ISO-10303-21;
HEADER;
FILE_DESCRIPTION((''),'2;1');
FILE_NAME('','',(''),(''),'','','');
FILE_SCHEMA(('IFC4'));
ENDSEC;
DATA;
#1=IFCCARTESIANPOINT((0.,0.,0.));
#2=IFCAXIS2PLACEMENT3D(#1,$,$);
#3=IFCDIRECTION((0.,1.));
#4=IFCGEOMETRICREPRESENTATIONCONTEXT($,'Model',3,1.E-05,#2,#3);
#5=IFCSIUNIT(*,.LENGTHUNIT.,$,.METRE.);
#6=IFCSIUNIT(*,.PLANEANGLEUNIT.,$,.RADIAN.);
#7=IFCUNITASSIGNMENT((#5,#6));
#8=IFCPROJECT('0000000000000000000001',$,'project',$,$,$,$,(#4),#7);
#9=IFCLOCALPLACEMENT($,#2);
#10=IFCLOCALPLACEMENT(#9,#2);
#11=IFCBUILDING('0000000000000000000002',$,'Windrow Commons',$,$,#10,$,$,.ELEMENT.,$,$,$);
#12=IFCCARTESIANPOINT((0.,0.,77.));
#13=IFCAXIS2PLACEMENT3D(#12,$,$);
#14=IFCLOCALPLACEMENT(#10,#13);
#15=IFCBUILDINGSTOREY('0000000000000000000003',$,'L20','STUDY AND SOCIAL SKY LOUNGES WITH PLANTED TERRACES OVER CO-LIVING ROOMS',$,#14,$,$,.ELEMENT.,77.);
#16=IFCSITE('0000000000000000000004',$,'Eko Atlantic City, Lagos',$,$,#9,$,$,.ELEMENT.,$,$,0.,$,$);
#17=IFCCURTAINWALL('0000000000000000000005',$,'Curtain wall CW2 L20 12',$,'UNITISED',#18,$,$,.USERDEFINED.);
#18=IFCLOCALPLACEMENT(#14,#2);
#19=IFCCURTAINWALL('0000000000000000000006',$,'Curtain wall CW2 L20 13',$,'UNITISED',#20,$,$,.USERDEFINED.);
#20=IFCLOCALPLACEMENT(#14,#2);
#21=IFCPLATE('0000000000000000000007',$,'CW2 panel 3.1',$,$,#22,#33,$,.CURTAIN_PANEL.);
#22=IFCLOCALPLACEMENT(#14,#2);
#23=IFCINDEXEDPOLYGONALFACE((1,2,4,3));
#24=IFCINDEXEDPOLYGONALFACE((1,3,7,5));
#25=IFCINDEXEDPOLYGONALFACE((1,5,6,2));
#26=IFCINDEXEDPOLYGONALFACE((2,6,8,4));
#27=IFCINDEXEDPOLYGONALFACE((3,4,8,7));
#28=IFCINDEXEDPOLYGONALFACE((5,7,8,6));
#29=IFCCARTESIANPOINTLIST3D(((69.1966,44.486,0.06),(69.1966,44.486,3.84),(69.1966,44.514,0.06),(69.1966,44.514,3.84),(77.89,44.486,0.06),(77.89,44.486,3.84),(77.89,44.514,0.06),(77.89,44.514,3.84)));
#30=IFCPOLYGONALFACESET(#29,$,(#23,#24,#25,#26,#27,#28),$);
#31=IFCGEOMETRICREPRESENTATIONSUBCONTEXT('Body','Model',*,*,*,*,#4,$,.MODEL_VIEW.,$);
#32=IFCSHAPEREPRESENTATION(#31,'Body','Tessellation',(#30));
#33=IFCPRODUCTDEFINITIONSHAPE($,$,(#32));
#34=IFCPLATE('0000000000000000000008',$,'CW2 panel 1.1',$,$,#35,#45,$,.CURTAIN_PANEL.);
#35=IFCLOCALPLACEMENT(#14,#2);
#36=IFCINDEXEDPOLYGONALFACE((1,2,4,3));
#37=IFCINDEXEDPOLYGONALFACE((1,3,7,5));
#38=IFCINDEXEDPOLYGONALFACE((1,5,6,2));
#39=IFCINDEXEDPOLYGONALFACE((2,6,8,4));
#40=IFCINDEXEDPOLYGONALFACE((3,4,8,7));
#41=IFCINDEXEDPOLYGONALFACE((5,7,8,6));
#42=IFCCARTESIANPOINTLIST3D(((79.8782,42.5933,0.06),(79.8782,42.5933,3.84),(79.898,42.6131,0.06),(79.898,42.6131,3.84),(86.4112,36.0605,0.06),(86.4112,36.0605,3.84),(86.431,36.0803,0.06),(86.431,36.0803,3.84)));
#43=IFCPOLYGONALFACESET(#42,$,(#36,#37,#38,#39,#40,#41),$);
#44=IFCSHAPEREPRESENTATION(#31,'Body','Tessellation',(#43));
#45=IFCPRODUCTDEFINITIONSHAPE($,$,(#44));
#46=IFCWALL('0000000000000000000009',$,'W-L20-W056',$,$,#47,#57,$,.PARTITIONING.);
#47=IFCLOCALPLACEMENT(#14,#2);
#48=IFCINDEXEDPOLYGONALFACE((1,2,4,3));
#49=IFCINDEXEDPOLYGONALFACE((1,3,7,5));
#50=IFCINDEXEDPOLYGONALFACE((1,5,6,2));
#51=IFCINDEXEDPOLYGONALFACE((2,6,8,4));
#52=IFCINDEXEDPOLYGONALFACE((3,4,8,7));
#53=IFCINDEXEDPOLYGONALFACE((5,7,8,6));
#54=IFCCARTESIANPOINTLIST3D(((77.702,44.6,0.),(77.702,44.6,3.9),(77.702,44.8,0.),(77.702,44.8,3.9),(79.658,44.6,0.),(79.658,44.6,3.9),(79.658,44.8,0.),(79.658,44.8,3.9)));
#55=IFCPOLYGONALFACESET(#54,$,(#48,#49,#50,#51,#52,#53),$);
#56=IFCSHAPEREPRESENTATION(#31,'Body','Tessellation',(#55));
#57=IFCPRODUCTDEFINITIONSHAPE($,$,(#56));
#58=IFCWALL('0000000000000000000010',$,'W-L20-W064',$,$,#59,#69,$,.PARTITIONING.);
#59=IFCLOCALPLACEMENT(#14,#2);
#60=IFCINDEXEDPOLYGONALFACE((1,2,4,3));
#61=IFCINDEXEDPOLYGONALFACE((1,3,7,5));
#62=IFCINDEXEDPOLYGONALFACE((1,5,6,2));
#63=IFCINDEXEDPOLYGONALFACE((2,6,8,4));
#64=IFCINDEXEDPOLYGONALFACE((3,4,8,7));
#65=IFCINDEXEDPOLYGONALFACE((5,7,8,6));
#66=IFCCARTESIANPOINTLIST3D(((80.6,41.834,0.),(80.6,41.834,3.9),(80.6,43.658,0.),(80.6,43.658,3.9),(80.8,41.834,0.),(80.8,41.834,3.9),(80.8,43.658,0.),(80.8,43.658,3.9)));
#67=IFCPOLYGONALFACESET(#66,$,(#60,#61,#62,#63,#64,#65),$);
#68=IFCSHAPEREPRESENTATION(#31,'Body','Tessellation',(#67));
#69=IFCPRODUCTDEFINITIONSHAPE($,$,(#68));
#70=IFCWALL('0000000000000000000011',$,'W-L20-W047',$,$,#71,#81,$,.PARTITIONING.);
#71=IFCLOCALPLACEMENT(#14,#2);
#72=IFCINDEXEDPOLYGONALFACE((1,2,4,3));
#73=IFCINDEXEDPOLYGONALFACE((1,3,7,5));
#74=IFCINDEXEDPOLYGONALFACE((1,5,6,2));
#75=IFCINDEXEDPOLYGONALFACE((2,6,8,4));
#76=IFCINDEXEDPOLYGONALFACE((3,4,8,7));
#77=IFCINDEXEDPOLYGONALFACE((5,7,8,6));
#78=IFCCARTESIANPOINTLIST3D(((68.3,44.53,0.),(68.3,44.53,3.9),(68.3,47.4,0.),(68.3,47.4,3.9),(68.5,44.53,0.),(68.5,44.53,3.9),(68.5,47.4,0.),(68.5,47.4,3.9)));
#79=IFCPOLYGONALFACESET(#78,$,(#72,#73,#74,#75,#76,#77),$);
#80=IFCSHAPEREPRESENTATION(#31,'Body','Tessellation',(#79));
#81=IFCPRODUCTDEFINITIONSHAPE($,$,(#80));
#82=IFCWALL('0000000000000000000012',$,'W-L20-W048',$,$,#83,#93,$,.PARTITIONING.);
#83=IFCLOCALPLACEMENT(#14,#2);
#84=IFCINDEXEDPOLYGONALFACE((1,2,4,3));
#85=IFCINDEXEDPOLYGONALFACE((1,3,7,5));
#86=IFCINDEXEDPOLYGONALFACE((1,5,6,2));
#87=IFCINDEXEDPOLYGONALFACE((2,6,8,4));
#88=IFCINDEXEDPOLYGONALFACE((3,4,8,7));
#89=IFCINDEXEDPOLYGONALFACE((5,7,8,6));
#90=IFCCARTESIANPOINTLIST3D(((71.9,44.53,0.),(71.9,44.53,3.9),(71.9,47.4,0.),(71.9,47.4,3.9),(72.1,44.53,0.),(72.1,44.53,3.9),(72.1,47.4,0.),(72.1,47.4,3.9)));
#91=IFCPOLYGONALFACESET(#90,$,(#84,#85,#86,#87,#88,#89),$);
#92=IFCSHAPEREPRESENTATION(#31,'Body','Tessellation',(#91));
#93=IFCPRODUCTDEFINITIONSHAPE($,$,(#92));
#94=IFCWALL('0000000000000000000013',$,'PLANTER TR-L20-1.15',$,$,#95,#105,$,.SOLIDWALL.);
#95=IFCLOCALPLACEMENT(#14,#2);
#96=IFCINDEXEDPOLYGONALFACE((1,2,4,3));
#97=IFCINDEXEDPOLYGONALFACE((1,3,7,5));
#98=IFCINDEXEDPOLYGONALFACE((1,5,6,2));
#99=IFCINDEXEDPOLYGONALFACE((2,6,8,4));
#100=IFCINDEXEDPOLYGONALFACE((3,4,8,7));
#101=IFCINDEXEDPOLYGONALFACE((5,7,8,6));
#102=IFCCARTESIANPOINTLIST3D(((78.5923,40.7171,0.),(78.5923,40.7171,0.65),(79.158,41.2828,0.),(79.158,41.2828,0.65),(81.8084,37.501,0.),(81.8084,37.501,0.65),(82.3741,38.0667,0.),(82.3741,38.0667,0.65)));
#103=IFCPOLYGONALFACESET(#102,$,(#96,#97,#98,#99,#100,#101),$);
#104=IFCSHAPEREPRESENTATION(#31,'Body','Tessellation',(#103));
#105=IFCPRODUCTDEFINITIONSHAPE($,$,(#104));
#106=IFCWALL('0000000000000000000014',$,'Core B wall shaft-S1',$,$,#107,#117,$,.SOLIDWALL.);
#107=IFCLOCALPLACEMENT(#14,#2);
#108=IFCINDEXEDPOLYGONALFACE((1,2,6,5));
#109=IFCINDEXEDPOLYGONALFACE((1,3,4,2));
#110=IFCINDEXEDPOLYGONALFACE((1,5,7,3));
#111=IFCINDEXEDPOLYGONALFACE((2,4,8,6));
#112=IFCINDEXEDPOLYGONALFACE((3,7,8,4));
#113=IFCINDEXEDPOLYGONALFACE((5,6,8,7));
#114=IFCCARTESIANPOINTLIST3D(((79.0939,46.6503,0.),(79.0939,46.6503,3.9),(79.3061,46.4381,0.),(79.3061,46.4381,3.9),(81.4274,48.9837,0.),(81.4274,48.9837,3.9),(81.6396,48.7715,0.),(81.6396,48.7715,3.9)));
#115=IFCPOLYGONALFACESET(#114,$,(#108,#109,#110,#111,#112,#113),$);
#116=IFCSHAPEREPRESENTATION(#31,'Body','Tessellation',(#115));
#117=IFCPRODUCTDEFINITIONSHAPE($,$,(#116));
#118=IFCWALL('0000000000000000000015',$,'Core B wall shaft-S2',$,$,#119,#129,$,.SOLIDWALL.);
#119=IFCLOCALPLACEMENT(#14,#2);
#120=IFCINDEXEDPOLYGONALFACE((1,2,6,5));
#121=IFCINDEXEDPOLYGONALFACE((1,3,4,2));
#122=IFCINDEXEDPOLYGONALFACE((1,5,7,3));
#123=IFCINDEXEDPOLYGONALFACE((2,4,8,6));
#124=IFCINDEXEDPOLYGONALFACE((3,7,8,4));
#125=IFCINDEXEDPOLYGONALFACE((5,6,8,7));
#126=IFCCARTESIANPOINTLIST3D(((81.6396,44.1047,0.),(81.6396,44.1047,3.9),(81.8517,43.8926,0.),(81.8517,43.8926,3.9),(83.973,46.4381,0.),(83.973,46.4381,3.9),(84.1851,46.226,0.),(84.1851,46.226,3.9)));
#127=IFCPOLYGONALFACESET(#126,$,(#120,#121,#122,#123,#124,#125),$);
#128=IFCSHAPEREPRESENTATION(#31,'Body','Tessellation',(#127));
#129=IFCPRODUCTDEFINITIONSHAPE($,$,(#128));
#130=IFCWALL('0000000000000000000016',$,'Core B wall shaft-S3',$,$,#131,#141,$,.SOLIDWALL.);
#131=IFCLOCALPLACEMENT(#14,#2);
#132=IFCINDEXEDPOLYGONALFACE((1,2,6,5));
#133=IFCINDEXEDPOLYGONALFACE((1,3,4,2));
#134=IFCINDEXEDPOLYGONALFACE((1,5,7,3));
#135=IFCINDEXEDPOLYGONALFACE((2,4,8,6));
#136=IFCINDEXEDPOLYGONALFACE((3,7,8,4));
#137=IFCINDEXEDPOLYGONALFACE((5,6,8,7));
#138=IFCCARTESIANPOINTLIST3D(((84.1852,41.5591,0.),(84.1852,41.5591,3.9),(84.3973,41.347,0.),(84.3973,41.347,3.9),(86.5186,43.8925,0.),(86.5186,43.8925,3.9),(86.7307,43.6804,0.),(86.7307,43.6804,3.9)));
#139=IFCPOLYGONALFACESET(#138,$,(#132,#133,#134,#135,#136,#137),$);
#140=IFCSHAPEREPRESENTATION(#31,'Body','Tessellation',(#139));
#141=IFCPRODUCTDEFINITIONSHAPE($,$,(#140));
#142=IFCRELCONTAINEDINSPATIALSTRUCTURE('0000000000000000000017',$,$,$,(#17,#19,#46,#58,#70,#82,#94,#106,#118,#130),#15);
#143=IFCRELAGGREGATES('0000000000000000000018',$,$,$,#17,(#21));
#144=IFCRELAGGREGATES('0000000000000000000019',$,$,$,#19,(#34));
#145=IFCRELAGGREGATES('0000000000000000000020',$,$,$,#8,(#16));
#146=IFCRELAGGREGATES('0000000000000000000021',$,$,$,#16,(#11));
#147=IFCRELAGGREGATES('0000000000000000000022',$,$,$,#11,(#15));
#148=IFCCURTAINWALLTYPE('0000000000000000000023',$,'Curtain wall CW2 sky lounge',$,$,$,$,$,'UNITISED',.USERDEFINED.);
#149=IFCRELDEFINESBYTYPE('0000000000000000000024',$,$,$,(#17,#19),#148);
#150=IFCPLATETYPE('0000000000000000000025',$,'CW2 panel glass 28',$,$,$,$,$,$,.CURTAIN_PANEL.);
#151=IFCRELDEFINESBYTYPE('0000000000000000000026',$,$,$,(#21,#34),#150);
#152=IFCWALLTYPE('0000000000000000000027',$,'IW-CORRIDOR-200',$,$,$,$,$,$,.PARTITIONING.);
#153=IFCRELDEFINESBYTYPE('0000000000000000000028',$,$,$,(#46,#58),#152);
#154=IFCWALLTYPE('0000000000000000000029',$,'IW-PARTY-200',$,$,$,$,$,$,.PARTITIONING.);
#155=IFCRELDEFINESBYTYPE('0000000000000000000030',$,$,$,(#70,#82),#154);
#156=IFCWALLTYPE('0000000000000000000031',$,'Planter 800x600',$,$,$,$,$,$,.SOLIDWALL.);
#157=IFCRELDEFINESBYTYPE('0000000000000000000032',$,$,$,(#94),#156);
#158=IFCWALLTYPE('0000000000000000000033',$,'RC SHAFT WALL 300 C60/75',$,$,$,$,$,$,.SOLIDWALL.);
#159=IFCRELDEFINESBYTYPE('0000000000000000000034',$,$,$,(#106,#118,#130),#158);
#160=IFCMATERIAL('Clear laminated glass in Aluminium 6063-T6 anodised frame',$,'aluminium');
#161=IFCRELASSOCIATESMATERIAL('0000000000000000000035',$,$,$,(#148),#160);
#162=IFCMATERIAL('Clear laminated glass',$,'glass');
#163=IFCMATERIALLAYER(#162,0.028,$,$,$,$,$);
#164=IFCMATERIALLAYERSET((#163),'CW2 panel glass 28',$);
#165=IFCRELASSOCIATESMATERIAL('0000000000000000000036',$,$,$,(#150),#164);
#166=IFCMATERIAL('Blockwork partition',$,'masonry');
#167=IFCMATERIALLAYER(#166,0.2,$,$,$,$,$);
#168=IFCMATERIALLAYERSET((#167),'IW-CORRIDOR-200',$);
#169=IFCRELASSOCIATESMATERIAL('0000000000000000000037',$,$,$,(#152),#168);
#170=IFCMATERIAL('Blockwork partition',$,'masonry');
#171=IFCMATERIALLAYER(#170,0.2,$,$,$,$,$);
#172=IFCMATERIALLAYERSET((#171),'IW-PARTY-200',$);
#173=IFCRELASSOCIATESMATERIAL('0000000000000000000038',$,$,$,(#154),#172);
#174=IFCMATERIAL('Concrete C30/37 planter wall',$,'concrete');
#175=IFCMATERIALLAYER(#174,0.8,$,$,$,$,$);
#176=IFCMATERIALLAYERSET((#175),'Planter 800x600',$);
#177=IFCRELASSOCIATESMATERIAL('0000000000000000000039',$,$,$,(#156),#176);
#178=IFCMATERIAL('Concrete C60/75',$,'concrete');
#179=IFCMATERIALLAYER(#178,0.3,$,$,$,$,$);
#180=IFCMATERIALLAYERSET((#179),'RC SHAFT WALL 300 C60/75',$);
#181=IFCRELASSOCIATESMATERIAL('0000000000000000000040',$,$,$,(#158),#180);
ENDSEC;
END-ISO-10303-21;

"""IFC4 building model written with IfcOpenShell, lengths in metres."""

from ifc_helpers import new_model, si_unit, direction, frame, frame_2d, origin, origin_2d, place, context, subcontext, project, spatial, rectangle, extrude, material, layer, layer_set, type_object, element, aggregate, save


model = new_model("IFC4")

# Units and contexts
model_context = context("Model", 3, precision=1e-05, world=origin(), true_north=direction((0.0, 1.0)))
body_context = subcontext(model_context, "Body", "Model", "MODEL_VIEW")
ifc_project = project(units=[si_unit("LENGTHUNIT", "METRE"), si_unit("PLANEANGLEUNIT", "RADIAN")], contexts=[model_context])

# Site, building, storey
site_placement = place(None, origin())
site = spatial("IfcSite", under=ifc_project, at=site_placement, Name="Eko Atlantic City, Lagos", CompositionType="ELEMENT", RefElevation=0.0)
building_placement = place(site_placement, origin())
building = spatial("IfcBuilding", under=site, at=building_placement, Name="Windrow Commons", CompositionType="ELEMENT")
storey_placement = place(building_placement, frame((0.0, 0.0, 77.0)))
storey = spatial("IfcBuildingStorey", under=building, at=storey_placement, Name="L20", Description="STUDY AND SOCIAL SKY LOUNGES WITH PLANTED TERRACES OVER CO-LIVING ROOMS", CompositionType="ELEMENT", Elevation=77.0)

# Curtain walls
ifc_material_1 = material(Name="Clear laminated glass in Aluminium 6063-T6 anodised frame", Category="aluminium")
curtain_wall_type = type_object("IfcCurtainWallType", Name="Curtain wall CW2 sky lounge", ElementType="UNITISED", PredefinedType="USERDEFINED", material=ifc_material_1)
placement = place(storey_placement, origin())
curtain_wall_1 = element("IfcCurtainWall", 1, at=placement, inside=storey, type_object=curtain_wall_type, Name="Curtain wall CW2 L20 12", ObjectType="UNITISED", PredefinedType="USERDEFINED")
curtain_wall_2 = element("IfcCurtainWall", 2, at=placement, inside=storey, type_object=curtain_wall_type, Name="Curtain wall CW2 L20 13", ObjectType="UNITISED", PredefinedType="USERDEFINED")

# Plates
ifc_material_2 = material(Name="Clear laminated glass", Category="glass")
ifc_layer_1 = layer(ifc_material_2, 0.028)
ifc_layer_set_1 = layer_set([ifc_layer_1], Name="CW2 panel glass 28")
plate_type = type_object("IfcPlateType", Name="CW2 panel glass 28", PredefinedType="CURTAIN_PANEL", material=ifc_layer_set_1)
plate_1_placement = place(storey_placement, frame((73.5433, 44.5, 0.06), z_axis=(0.0, 0.0, 1.0), x_axis=(1.0, 0.0, 0.0)))
plate_1 = element("IfcPlate", 3, at=plate_1_placement, type_object=plate_type, Name="CW2 panel 3.1", PredefinedType="CURTAIN_PANEL", context=body_context, shape_type="SweptSolid", body=[
    extrude(rectangle(XDim=8.6933, YDim=0.028, at=origin_2d()), origin(), (0.0, 0.0, 1.0), 3.78),
])
aggregate(curtain_wall_1, [plate_1])
plate_2_placement = place(storey_placement, frame((83.1546, 39.3368, 0.06), z_axis=(0.0, 0.0, 1.0), x_axis=(0.707108, -0.707105, 0.0)))
plate_2 = element("IfcPlate", 4, at=plate_2_placement, type_object=plate_type, Name="CW2 panel 1.1", PredefinedType="CURTAIN_PANEL", context=body_context, shape_type="SweptSolid", body=[
    extrude(rectangle(XDim=9.2389, YDim=0.028, at=origin_2d()), origin(), (0.0, 0.0, 1.0), 3.78),
])
aggregate(curtain_wall_2, [plate_2])

# Walls
ifc_material_3 = material(Name="Blockwork partition", Category="masonry")
ifc_layer_2 = layer(ifc_material_3, 0.2)
ifc_layer_set_2 = layer_set([ifc_layer_2], Name="IW-CORRIDOR-200")
wall_type_1 = type_object("IfcWallType", Name="IW-CORRIDOR-200", PredefinedType="PARTITIONING", material=ifc_layer_set_2)
wall_1_placement = place(storey_placement, frame((77.702, 44.7, 0.0), z_axis=(0.0, 0.0, 1.0), x_axis=(1.0, 0.0, 0.0)))
element("IfcWall", 5, at=wall_1_placement, inside=storey, type_object=wall_type_1, Name="W-L20-W056", PredefinedType="PARTITIONING", context=body_context, shape_type="SweptSolid", body=[
    extrude(rectangle(XDim=1.956, YDim=0.2, at=frame_2d((0.978, 0.0))), origin(), (0.0, 0.0, 1.0), 3.9),
])
wall_2_placement = place(storey_placement, frame((80.7, 41.834, 0.0), z_axis=(0.0, 0.0, 1.0), x_axis=(0.0, 1.0, 0.0)))
element("IfcWall", 6, at=wall_2_placement, inside=storey, type_object=wall_type_1, Name="W-L20-W064", PredefinedType="PARTITIONING", context=body_context, shape_type="SweptSolid", body=[
    extrude(rectangle(XDim=1.824, YDim=0.2, at=frame_2d((0.912, 0.0))), origin(), (0.0, 0.0, 1.0), 3.9),
])
ifc_material_4 = material(Name="Blockwork partition", Category="masonry")
ifc_layer_3 = layer(ifc_material_4, 0.2)
ifc_layer_set_3 = layer_set([ifc_layer_3], Name="IW-PARTY-200")
wall_type_2 = type_object("IfcWallType", Name="IW-PARTY-200", PredefinedType="PARTITIONING", material=ifc_layer_set_3)
for number, where, z_axis, x_axis, name in (
    (7, (68.4, 44.53, 0.0), (0.0, 0.0, 1.0), (0.0, 1.0, 0.0), "W-L20-W047"),
    (8, (72.0, 44.53, 0.0), (0.0, 0.0, 1.0), (0.0, 1.0, 0.0), "W-L20-W048"),
):
    element("IfcWall", number, at=place(storey_placement, frame(where, z_axis=z_axis, x_axis=x_axis)), inside=storey, type_object=wall_type_2, Name=name, PredefinedType="PARTITIONING", context=body_context, shape_type="SweptSolid", body=[
        extrude(rectangle(XDim=2.87, YDim=0.2, at=frame_2d((1.435, 0.0))), origin(), (0.0, 0.0, 1.0), 3.9),
    ])
ifc_material_5 = material(Name="Concrete C30/37 planter wall", Category="concrete")
ifc_layer_4 = layer(ifc_material_5, 0.8)
ifc_layer_set_4 = layer_set([ifc_layer_4], Name="Planter 800x600")
wall_type_3 = type_object("IfcWallType", Name="Planter 800x600", PredefinedType="SOLIDWALL", material=ifc_layer_set_4)
wall_3_placement = place(storey_placement, frame((78.8751, 41.0, 0.0), z_axis=(0.0, 0.0, 1.0), x_axis=(0.707107, -0.707107, 0.0)))
element("IfcWall", 9, at=wall_3_placement, inside=storey, type_object=wall_type_3, Name="PLANTER TR-L20-1.15", PredefinedType="SOLIDWALL", context=body_context, shape_type="SweptSolid", body=[
    extrude(rectangle(XDim=4.5483, YDim=0.8, at=frame_2d((2.2742, 0.0))), origin(), (0.0, 0.0, 1.0), 0.65),
])
ifc_material_6 = material(Name="Concrete C60/75", Category="concrete")
ifc_layer_5 = layer(ifc_material_6, 0.3)
ifc_layer_set_5 = layer_set([ifc_layer_5], Name="RC SHAFT WALL 300 C60/75")
wall_type_4 = type_object("IfcWallType", Name="RC SHAFT WALL 300 C60/75", PredefinedType="SOLIDWALL", material=ifc_layer_set_5)
wall_4_placement = place(storey_placement, frame((79.2, 46.5442, 0.0), z_axis=(0.0, 0.0, 1.0), x_axis=(0.707122, 0.707092, 0.0)))
element("IfcWall", 10, at=wall_4_placement, inside=storey, type_object=wall_type_4, Name="Core B wall shaft-S1", PredefinedType="SOLIDWALL", context=body_context, shape_type="SweptSolid", body=[
    extrude(rectangle(XDim=3.3, YDim=0.3, at=frame_2d((1.65, 0.0))), origin(), (0.0, 0.0, 1.0), 3.9),
])
for number, where, z_axis, x_axis, name in (
    (11, (81.7456, 43.9986, 0.0), (0.0, 0.0, 1.0), (0.707107, 0.707107, 0.0), "Core B wall shaft-S2"),
    (12, (84.2912, 41.453, 0.0), (0.0, 0.0, 1.0), (0.707107, 0.707107, 0.0), "Core B wall shaft-S3"),
):
    element("IfcWall", number, at=place(storey_placement, frame(where, z_axis=z_axis, x_axis=x_axis)), inside=storey, type_object=wall_type_4, Name=name, PredefinedType="SOLIDWALL", context=body_context, shape_type="SweptSolid", body=[
        extrude(rectangle(XDim=3.2999, YDim=0.3, at=frame_2d((1.65, 0.0))), origin(), (0.0, 0.0, 1.0), 3.9),
    ])

save(model, "model.ifc")
